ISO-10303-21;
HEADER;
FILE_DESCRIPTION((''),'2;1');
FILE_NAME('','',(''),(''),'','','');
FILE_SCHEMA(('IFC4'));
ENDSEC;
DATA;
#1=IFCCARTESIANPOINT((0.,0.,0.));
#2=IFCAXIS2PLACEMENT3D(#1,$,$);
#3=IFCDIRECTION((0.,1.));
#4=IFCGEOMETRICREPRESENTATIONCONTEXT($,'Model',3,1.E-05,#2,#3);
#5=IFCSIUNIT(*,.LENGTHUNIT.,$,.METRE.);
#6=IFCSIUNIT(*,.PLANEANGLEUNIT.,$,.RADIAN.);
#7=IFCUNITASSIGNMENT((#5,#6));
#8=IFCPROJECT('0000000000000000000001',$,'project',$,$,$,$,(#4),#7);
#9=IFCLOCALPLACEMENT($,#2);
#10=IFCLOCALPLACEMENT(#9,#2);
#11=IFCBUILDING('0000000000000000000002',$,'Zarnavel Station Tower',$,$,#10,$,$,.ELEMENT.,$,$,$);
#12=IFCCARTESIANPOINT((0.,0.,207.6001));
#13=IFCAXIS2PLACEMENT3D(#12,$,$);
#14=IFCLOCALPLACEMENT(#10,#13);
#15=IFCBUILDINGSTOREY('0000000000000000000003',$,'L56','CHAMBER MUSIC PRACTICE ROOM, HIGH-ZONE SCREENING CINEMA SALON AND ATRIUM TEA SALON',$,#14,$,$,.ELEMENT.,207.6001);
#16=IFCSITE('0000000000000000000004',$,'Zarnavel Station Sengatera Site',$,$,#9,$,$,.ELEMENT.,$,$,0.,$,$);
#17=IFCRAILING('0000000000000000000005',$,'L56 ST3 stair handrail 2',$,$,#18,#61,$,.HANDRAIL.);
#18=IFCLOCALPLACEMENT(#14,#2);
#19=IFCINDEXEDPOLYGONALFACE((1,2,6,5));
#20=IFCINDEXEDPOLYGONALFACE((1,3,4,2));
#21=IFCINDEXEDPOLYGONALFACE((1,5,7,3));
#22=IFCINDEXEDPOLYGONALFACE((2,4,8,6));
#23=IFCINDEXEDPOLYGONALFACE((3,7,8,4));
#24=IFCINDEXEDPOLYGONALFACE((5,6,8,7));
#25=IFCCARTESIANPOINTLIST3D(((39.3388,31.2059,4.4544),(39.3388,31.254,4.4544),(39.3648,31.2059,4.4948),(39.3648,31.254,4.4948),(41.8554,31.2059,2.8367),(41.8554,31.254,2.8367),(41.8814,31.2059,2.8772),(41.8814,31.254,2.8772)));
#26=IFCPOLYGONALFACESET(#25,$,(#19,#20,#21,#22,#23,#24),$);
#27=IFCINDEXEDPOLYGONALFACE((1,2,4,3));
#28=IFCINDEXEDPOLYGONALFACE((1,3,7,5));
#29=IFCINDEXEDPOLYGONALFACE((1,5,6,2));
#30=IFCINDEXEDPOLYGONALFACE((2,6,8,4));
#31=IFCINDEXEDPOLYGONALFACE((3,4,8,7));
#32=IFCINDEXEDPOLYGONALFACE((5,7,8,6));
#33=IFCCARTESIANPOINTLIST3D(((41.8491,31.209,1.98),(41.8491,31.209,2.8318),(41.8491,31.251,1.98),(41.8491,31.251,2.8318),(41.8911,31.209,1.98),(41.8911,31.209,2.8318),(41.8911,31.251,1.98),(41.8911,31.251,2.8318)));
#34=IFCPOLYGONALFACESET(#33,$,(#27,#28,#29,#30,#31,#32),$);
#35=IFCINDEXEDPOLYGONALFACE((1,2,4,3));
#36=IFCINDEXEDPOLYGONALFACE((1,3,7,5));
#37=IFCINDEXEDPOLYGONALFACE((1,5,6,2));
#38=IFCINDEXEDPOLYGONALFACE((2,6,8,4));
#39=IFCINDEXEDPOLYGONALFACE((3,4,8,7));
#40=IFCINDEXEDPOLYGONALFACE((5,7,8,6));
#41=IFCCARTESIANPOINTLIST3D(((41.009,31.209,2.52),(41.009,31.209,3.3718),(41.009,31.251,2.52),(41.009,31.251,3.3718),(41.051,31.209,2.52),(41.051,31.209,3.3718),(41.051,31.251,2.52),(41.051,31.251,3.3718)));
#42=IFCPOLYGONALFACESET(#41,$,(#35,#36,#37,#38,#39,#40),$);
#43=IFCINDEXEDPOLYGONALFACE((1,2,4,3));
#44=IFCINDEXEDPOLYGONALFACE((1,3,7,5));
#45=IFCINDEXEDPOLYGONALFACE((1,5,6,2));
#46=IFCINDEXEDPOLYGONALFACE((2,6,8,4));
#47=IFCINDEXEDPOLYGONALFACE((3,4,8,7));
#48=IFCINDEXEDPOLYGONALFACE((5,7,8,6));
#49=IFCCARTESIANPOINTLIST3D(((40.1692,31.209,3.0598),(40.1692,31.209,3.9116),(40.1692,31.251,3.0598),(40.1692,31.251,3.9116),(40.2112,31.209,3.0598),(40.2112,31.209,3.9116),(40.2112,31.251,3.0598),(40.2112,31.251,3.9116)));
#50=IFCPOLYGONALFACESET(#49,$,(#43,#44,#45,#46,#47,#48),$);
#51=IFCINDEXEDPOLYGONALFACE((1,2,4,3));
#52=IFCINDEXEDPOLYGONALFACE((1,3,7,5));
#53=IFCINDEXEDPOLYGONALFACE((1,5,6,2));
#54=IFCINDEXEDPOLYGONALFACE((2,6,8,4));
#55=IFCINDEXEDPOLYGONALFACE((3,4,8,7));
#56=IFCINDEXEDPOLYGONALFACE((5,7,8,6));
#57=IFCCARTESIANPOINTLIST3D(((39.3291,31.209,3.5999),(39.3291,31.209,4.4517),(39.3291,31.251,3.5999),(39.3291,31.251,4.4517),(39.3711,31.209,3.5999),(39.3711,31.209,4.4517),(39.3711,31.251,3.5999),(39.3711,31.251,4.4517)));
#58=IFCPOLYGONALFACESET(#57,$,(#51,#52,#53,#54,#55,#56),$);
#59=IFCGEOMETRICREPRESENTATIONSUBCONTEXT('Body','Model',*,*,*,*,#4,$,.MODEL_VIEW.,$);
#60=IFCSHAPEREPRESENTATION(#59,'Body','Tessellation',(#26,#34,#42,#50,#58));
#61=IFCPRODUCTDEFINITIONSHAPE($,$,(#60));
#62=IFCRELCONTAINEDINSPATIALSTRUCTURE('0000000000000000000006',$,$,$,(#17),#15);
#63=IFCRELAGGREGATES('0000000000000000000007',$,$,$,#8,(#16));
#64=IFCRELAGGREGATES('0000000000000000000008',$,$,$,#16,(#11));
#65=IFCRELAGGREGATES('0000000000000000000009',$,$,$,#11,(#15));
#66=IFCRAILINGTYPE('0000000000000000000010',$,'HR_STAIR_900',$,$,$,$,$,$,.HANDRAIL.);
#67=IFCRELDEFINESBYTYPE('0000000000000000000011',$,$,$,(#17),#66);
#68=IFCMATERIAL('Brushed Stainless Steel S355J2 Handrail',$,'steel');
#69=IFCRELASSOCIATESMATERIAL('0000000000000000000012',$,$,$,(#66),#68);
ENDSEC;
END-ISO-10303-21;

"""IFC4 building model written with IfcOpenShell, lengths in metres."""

from ifc_helpers import new_model, si_unit, direction, frame, origin, origin_2d, place, context, subcontext, project, spatial, rectangle, extrude, material, type_object, element, save


model = new_model("IFC4")

# Units and contexts
model_context = context("Model", 3, precision=1e-05, world=origin(), true_north=direction((0.0, 1.0)))
body_context = subcontext(model_context, "Body", "Model", "MODEL_VIEW")
ifc_project = project(units=[si_unit("LENGTHUNIT", "METRE"), si_unit("PLANEANGLEUNIT", "RADIAN")], contexts=[model_context])

# Site, building, storey
site_placement = place(None, origin())
site = spatial("IfcSite", under=ifc_project, at=site_placement, Name="Zarnavel Station Sengatera Site", CompositionType="ELEMENT", RefElevation=0.0)
building_placement = place(site_placement, origin())
building = spatial("IfcBuilding", under=site, at=building_placement, Name="Zarnavel Station Tower", CompositionType="ELEMENT")
storey_placement = place(building_placement, frame((0.0, 0.0, 207.6001)))
storey = spatial("IfcBuildingStorey", under=building, at=storey_placement, Name="L56", Description="CHAMBER MUSIC PRACTICE ROOM, HIGH-ZONE SCREENING CINEMA SALON AND ATRIUM TEA SALON", CompositionType="ELEMENT", Elevation=207.6001)

# Railing
ifc_material_1 = material(Name="Brushed Stainless Steel S355J2 Handrail", Category="steel")
railing_type = type_object("IfcRailingType", Name="HR_STAIR_900", PredefinedType="HANDRAIL", material=ifc_material_1)
railing_placement = place(storey_placement, frame((41.8701, 31.23, 1.98)))
element("IfcRailing", 1, at=railing_placement, inside=storey, type_object=railing_type, Name="L56 ST3 stair handrail 2", PredefinedType="HANDRAIL", context=body_context, shape_type="SweptSolid", body=[
    extrude(rectangle(XDim=0.0481, YDim=0.0481, at=origin_2d()), frame((-0.0017, 0.0, 0.877), z_axis=(-0.8412, 0.0, 0.540725), x_axis=(0.0, -1.0, 0.0)), (0.0, 0.0, 1.0), 2.9917),
    extrude(rectangle(XDim=0.042, YDim=0.042, at=origin_2d()), origin(), (0.0, 0.0, 1.0), 0.8518),
    extrude(rectangle(XDim=0.042, YDim=0.042, at=origin_2d()), frame((-0.8401, 0.0, 0.54)), (0.0, 0.0, 1.0), 0.8518),
    extrude(rectangle(XDim=0.042, YDim=0.042, at=origin_2d()), frame((-1.6799, 0.0, 1.0798)), (0.0, 0.0, 1.0), 0.8518),
    extrude(rectangle(XDim=0.042, YDim=0.042, at=origin_2d()), frame((-2.52, 0.0, 1.6199)), (0.0, 0.0, 1.0), 0.8518),
])

save(model, "model.ifc")
